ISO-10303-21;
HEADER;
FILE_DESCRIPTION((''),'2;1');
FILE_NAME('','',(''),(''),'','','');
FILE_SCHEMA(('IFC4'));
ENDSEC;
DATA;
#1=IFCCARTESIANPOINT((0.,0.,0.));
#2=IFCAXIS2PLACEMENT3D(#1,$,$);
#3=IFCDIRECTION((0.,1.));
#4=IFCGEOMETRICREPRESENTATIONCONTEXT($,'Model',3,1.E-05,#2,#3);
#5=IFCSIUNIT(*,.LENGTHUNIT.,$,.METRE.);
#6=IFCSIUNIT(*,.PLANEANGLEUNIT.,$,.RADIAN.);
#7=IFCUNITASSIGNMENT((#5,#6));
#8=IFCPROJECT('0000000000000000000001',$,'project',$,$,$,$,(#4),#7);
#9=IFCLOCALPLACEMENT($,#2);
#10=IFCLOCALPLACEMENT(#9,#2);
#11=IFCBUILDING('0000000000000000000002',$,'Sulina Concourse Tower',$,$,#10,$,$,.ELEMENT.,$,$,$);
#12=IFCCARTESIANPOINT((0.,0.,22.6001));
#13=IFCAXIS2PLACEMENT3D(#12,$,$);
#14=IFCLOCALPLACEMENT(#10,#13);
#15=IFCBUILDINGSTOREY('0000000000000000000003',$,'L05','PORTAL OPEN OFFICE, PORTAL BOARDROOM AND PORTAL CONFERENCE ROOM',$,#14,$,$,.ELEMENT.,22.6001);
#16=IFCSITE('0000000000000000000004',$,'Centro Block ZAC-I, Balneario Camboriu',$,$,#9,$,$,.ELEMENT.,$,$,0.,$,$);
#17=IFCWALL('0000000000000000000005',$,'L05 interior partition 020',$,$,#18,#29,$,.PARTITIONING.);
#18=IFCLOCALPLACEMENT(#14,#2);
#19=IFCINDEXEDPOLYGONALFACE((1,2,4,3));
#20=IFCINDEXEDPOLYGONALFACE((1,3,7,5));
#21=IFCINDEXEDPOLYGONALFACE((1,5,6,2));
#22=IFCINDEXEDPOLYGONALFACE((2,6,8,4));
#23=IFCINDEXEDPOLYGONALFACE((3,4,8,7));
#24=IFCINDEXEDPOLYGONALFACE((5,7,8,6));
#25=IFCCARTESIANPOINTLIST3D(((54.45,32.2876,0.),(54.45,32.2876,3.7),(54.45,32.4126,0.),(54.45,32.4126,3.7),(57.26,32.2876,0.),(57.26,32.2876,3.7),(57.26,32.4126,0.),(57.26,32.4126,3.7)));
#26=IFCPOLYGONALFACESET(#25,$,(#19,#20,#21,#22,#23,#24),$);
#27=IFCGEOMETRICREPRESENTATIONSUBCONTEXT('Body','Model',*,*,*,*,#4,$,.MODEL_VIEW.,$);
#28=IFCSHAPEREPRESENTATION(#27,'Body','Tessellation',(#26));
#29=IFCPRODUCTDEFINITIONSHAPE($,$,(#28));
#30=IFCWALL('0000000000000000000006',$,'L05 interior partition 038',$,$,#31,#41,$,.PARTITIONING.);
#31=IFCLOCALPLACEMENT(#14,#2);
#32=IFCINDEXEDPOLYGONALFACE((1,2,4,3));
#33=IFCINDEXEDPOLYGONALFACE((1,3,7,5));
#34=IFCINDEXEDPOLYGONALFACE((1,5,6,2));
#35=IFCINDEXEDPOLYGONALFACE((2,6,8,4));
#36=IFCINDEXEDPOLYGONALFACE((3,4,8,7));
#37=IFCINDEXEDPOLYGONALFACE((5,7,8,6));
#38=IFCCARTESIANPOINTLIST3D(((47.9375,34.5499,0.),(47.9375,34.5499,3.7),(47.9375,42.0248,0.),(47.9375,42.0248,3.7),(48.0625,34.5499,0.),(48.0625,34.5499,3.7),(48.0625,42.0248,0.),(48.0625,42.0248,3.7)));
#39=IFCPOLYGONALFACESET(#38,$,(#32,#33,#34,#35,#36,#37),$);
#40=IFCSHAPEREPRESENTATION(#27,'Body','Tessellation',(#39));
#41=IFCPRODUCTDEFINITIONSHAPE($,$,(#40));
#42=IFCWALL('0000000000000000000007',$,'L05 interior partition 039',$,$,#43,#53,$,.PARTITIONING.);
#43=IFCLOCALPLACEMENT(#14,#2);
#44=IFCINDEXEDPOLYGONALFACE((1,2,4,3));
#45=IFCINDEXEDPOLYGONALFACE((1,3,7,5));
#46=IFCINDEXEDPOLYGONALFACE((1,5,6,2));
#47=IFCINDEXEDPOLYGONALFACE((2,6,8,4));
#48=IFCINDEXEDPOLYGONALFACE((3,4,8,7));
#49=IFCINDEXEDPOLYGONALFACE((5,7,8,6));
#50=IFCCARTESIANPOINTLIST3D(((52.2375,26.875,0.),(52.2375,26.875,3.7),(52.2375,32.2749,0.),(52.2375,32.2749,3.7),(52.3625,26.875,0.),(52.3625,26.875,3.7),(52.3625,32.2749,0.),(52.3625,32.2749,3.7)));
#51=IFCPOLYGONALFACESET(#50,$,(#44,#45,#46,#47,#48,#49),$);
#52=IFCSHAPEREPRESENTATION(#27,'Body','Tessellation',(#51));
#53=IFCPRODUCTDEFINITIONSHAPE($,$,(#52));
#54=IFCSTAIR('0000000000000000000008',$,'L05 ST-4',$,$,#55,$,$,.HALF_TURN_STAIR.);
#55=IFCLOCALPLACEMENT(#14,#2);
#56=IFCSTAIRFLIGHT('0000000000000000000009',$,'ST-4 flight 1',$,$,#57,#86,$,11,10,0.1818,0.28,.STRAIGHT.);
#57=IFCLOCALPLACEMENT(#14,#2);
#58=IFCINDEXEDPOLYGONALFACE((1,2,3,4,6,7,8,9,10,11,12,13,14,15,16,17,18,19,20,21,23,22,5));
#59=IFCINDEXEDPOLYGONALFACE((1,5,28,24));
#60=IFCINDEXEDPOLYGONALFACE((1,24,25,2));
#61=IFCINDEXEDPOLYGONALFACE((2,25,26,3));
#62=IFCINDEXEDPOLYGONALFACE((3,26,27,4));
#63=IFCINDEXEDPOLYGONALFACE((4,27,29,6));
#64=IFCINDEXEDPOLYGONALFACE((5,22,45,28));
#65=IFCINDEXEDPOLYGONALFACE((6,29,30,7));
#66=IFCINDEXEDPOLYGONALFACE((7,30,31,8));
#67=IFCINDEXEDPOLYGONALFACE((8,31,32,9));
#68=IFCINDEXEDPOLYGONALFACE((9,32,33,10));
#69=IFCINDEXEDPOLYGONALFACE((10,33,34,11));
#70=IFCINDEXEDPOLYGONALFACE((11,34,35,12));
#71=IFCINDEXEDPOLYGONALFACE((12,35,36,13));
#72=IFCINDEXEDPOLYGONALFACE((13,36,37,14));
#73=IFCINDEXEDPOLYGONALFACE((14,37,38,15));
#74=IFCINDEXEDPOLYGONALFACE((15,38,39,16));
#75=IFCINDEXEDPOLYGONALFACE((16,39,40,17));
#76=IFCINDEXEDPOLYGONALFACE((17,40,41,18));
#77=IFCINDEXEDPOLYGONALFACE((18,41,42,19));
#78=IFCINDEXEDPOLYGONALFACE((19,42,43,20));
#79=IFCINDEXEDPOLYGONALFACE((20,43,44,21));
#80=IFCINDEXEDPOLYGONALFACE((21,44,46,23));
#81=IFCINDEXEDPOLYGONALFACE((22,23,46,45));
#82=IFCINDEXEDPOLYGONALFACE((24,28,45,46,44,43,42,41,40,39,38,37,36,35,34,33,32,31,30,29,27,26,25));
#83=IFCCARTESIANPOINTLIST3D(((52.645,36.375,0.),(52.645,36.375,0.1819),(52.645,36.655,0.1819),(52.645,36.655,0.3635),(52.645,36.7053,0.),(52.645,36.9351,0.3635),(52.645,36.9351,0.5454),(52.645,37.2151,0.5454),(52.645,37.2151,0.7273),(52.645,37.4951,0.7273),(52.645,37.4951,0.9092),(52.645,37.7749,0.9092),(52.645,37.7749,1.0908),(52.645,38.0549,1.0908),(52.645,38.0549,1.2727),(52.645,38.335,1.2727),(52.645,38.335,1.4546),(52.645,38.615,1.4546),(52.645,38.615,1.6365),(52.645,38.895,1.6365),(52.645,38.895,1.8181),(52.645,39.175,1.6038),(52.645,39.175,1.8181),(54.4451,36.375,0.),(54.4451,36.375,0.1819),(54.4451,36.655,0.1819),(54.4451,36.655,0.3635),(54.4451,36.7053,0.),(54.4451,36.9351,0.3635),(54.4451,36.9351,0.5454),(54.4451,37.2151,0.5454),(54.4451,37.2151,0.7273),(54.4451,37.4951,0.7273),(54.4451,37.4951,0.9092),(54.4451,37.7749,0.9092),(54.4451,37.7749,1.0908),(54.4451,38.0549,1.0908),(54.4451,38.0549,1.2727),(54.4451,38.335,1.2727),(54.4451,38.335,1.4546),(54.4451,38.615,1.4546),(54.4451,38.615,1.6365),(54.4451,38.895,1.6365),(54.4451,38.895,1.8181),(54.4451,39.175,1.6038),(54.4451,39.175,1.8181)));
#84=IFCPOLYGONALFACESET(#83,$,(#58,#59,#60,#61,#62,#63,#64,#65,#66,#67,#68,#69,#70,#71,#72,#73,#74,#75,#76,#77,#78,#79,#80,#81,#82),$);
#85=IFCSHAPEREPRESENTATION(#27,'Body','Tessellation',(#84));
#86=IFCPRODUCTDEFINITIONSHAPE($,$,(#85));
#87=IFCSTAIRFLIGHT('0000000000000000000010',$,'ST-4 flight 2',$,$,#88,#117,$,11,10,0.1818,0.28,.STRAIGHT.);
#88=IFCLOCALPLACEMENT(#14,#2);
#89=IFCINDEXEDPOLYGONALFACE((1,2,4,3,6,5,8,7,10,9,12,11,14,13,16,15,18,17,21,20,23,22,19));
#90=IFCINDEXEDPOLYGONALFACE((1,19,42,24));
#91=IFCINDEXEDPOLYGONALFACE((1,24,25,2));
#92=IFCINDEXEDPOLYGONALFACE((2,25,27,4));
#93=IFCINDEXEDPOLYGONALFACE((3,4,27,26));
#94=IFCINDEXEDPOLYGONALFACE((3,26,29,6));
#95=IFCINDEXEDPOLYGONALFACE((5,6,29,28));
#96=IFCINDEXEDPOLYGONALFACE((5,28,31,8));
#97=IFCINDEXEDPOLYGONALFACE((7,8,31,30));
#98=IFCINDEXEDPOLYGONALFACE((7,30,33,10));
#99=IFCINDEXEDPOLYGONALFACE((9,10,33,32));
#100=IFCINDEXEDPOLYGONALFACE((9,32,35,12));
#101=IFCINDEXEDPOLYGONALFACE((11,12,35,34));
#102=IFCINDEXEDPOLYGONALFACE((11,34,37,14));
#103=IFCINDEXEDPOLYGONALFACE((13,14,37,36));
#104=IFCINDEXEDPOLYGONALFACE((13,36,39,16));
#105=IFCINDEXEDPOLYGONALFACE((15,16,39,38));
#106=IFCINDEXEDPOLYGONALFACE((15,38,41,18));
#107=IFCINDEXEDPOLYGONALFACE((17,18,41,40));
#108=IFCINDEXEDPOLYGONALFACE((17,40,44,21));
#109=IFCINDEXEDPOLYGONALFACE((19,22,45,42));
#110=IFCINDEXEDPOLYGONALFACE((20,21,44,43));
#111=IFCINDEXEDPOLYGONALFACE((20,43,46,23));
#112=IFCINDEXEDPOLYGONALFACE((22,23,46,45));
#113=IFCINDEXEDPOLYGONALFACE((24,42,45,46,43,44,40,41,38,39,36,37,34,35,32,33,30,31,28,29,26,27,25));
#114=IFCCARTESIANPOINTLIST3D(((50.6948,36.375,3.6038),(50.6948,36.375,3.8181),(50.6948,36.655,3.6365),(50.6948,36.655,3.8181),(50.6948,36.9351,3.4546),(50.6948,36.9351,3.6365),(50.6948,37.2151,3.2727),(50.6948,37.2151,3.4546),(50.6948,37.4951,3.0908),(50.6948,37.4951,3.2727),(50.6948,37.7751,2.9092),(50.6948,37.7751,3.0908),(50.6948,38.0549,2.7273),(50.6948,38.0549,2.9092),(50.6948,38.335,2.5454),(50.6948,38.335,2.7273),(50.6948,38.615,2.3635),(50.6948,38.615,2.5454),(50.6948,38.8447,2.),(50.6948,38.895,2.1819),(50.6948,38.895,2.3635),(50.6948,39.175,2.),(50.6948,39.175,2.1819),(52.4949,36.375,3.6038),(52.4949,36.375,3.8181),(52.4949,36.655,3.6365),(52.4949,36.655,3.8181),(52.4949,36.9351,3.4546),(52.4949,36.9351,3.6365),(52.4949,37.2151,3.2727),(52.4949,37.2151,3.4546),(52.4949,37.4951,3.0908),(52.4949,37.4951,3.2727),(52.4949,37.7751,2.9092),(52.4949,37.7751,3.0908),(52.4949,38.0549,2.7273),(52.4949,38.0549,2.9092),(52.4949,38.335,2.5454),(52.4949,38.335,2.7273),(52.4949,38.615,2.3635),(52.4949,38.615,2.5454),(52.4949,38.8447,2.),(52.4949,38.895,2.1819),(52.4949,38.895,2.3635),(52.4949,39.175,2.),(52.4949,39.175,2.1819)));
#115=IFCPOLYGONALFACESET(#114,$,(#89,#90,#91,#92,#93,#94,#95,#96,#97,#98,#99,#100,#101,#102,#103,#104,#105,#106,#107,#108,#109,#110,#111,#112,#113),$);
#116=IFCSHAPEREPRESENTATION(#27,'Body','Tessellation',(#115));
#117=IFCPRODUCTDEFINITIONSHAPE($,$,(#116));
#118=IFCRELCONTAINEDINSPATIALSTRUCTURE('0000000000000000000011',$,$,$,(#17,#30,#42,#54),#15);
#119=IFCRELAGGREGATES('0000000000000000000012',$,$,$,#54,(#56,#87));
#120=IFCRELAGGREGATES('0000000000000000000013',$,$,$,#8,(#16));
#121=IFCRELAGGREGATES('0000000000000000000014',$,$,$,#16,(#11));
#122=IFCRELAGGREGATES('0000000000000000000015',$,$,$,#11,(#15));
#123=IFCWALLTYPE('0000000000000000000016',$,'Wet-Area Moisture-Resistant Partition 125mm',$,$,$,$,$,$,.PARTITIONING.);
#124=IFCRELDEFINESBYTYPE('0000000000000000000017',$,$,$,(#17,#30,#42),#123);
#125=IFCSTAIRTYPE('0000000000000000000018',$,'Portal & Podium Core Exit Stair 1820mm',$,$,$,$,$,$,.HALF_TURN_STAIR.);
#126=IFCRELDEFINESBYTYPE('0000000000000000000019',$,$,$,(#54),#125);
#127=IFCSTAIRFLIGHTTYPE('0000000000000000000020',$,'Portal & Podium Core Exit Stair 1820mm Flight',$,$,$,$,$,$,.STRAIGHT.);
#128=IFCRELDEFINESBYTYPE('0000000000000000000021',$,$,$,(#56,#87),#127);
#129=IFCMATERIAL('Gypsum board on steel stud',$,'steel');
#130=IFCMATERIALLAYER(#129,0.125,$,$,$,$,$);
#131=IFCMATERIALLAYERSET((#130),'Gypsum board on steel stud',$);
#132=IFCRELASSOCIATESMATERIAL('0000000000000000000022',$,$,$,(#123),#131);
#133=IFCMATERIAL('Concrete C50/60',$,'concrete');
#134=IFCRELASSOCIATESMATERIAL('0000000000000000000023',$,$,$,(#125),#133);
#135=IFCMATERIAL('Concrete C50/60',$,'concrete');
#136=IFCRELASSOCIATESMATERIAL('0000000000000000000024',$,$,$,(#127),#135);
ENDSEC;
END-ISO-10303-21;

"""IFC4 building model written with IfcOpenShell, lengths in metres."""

from ifc_helpers import new_model, si_unit, direction, frame, frame_2d, origin, place, context, subcontext, project, spatial, polyline, rectangle, outline, extrude, material, layer, layer_set, type_object, element, aggregate, save


model = new_model("IFC4")

# Units and contexts
model_context = context("Model", 3, precision=1e-05, world=origin(), true_north=direction((0.0, 1.0)))
body_context = subcontext(model_context, "Body", "Model", "MODEL_VIEW")
ifc_project = project(units=[si_unit("LENGTHUNIT", "METRE"), si_unit("PLANEANGLEUNIT", "RADIAN")], contexts=[model_context])

# Site, building, storey
site_placement = place(None, origin())
site = spatial("IfcSite", under=ifc_project, at=site_placement, Name="Centro Block ZAC-I, Balneario Camboriu", CompositionType="ELEMENT", RefElevation=0.0)
building_placement = place(site_placement, origin())
building = spatial("IfcBuilding", under=site, at=building_placement, Name="Sulina Concourse Tower", CompositionType="ELEMENT")
storey_placement = place(building_placement, frame((0.0, 0.0, 22.6001)))
storey = spatial("IfcBuildingStorey", under=building, at=storey_placement, Name="L05", Description="PORTAL OPEN OFFICE, PORTAL BOARDROOM AND PORTAL CONFERENCE ROOM", CompositionType="ELEMENT", Elevation=22.6001)

# Shared definitions
ifc_material_1 = material(Name="Gypsum board on steel stud", Category="steel")
ifc_layer_1 = layer(ifc_material_1, 0.125)
ifc_layer_set_1 = layer_set([ifc_layer_1], Name="Gypsum board on steel stud")
wall_type_1 = type_object("IfcWallType", Name="Wet-Area Moisture-Resistant Partition 125mm", PredefinedType="PARTITIONING", material=ifc_layer_set_1)

# Walls
wall_1_placement = place(storey_placement, frame((54.45, 32.3501, 0.0), z_axis=(0.0, 0.0, 1.0), x_axis=(1.0, 0.0, 0.0)))
element("IfcWall", 1, at=wall_1_placement, inside=storey, type_object=wall_type_1, Name="L05 interior partition 020", PredefinedType="PARTITIONING", context=body_context, shape_type="SweptSolid", body=[
    extrude(rectangle(XDim=2.8101, YDim=0.125, at=frame_2d((1.405, 0.0))), origin(), (0.0, 0.0, 1.0), 3.7),
])
wall_2_placement = place(storey_placement, frame((48.0, 34.55, 0.0), z_axis=(0.0, 0.0, 1.0), x_axis=(0.0, 1.0, 0.0)))
element("IfcWall", 2, at=wall_2_placement, inside=storey, type_object=wall_type_1, Name="L05 interior partition 038", PredefinedType="PARTITIONING", context=body_context, shape_type="SweptSolid", body=[
    extrude(rectangle(XDim=7.4749, YDim=0.125, at=frame_2d((3.7373, 0.0))), origin(), (0.0, 0.0, 1.0), 3.7),
])
wall_3_placement = place(storey_placement, frame((52.3, 26.875, 0.0), z_axis=(0.0, 0.0, 1.0), x_axis=(0.0, 1.0, 0.0)))
element("IfcWall", 3, at=wall_3_placement, inside=storey, type_object=wall_type_1, Name="L05 interior partition 039", PredefinedType="PARTITIONING", context=body_context, shape_type="SweptSolid", body=[
    extrude(rectangle(XDim=5.3999, YDim=0.125, at=frame_2d((2.7, 0.0))), origin(), (0.0, 0.0, 1.0), 3.7),
])

# Stair, stair flights
ifc_material_2 = material(Name="Concrete C50/60", Category="concrete")
stair_type = type_object("IfcStairType", Name="Portal & Podium Core Exit Stair 1820mm", PredefinedType="HALF_TURN_STAIR", material=ifc_material_2)
stair_placement = place(storey_placement, origin())
stair = element("IfcStair", 4, at=stair_placement, inside=storey, type_object=stair_type, Name="L05 ST-4", PredefinedType="HALF_TURN_STAIR")
ifc_material_3 = material(Name="Concrete C50/60", Category="concrete")
stair_flight_type = type_object("IfcStairFlightType", Name="Portal & Podium Core Exit Stair 1820mm Flight", PredefinedType="STRAIGHT", material=ifc_material_3)
stair_flight_1_placement = place(storey_placement, frame((53.5449, 36.375, 0.0), z_axis=(0.0, 0.0, 1.0), x_axis=(0.0, 1.0, 0.0)))
stair_flight_1 = element("IfcStairFlight", 5, at=stair_flight_1_placement, type_object=stair_flight_type, Name="ST-4 flight 1", NumberOfRisers=11, NumberOfTreads=10, PredefinedType="STRAIGHT", RiserHeight=0.1818, TreadLength=0.28, context=body_context, shape_type="SweptSolid", body=[
    extrude(outline(polyline([(0.0, 0.0), (0.0, 0.1819), (0.28, 0.1819), (0.28, 0.3635), (0.5601, 0.3635), (0.5601, 0.5454), (0.8401, 0.5454), (0.8401, 0.7273), (1.1201, 0.7273), (1.1201, 0.9092), (1.3999, 0.9092), (1.3999, 1.0908), (1.6799, 1.0908), (1.6799, 1.2727), (1.96, 1.2727), (1.96, 1.4546), (2.24, 1.4546), (2.24, 1.6365), (2.52, 1.6365), (2.52, 1.8181), (2.8, 1.8181), (2.8, 2.0), (2.8, 1.6038), (0.3303, 0.0), (0.0, 0.0)])), frame((0.0, 0.8999, 0.0), z_axis=(0.0, -1.0, 0.0), x_axis=(1.0, 0.0, 0.0)), (0.0, 0.0, 1.0), 1.8),
])
stair_flight_2_placement = place(storey_placement, frame((51.595, 39.175, 2.0), z_axis=(0.0, 0.0, 1.0), x_axis=(0.0, -1.0, 0.0)))
stair_flight_2 = element("IfcStairFlight", 6, at=stair_flight_2_placement, type_object=stair_flight_type, Name="ST-4 flight 2", NumberOfRisers=11, NumberOfTreads=10, PredefinedType="STRAIGHT", RiserHeight=0.1818, TreadLength=0.28, context=body_context, shape_type="SweptSolid", body=[
    extrude(outline(polyline([(0.0, 0.0), (0.0, 0.1819), (0.28, 0.1819), (0.28, 0.3635), (0.5601, 0.3635), (0.5601, 0.5454), (0.8401, 0.5454), (0.8401, 0.7273), (1.1201, 0.7273), (1.1201, 0.9092), (1.3999, 0.9092), (1.3999, 1.0908), (1.6799, 1.0908), (1.6799, 1.2727), (1.96, 1.2727), (1.96, 1.4546), (2.24, 1.4546), (2.24, 1.6365), (2.52, 1.6365), (2.52, 1.8181), (2.8, 1.8181), (2.8, 2.0), (2.8, 1.6038), (0.3303, 0.0), (0.0, 0.0)])), frame((0.0, 0.8999, 0.0), z_axis=(0.0, -1.0, 0.0), x_axis=(1.0, 0.0, 0.0)), (0.0, 0.0, 1.0), 1.8),
])
aggregate(stair, [stair_flight_1, stair_flight_2])

save(model, "model.ifc")
